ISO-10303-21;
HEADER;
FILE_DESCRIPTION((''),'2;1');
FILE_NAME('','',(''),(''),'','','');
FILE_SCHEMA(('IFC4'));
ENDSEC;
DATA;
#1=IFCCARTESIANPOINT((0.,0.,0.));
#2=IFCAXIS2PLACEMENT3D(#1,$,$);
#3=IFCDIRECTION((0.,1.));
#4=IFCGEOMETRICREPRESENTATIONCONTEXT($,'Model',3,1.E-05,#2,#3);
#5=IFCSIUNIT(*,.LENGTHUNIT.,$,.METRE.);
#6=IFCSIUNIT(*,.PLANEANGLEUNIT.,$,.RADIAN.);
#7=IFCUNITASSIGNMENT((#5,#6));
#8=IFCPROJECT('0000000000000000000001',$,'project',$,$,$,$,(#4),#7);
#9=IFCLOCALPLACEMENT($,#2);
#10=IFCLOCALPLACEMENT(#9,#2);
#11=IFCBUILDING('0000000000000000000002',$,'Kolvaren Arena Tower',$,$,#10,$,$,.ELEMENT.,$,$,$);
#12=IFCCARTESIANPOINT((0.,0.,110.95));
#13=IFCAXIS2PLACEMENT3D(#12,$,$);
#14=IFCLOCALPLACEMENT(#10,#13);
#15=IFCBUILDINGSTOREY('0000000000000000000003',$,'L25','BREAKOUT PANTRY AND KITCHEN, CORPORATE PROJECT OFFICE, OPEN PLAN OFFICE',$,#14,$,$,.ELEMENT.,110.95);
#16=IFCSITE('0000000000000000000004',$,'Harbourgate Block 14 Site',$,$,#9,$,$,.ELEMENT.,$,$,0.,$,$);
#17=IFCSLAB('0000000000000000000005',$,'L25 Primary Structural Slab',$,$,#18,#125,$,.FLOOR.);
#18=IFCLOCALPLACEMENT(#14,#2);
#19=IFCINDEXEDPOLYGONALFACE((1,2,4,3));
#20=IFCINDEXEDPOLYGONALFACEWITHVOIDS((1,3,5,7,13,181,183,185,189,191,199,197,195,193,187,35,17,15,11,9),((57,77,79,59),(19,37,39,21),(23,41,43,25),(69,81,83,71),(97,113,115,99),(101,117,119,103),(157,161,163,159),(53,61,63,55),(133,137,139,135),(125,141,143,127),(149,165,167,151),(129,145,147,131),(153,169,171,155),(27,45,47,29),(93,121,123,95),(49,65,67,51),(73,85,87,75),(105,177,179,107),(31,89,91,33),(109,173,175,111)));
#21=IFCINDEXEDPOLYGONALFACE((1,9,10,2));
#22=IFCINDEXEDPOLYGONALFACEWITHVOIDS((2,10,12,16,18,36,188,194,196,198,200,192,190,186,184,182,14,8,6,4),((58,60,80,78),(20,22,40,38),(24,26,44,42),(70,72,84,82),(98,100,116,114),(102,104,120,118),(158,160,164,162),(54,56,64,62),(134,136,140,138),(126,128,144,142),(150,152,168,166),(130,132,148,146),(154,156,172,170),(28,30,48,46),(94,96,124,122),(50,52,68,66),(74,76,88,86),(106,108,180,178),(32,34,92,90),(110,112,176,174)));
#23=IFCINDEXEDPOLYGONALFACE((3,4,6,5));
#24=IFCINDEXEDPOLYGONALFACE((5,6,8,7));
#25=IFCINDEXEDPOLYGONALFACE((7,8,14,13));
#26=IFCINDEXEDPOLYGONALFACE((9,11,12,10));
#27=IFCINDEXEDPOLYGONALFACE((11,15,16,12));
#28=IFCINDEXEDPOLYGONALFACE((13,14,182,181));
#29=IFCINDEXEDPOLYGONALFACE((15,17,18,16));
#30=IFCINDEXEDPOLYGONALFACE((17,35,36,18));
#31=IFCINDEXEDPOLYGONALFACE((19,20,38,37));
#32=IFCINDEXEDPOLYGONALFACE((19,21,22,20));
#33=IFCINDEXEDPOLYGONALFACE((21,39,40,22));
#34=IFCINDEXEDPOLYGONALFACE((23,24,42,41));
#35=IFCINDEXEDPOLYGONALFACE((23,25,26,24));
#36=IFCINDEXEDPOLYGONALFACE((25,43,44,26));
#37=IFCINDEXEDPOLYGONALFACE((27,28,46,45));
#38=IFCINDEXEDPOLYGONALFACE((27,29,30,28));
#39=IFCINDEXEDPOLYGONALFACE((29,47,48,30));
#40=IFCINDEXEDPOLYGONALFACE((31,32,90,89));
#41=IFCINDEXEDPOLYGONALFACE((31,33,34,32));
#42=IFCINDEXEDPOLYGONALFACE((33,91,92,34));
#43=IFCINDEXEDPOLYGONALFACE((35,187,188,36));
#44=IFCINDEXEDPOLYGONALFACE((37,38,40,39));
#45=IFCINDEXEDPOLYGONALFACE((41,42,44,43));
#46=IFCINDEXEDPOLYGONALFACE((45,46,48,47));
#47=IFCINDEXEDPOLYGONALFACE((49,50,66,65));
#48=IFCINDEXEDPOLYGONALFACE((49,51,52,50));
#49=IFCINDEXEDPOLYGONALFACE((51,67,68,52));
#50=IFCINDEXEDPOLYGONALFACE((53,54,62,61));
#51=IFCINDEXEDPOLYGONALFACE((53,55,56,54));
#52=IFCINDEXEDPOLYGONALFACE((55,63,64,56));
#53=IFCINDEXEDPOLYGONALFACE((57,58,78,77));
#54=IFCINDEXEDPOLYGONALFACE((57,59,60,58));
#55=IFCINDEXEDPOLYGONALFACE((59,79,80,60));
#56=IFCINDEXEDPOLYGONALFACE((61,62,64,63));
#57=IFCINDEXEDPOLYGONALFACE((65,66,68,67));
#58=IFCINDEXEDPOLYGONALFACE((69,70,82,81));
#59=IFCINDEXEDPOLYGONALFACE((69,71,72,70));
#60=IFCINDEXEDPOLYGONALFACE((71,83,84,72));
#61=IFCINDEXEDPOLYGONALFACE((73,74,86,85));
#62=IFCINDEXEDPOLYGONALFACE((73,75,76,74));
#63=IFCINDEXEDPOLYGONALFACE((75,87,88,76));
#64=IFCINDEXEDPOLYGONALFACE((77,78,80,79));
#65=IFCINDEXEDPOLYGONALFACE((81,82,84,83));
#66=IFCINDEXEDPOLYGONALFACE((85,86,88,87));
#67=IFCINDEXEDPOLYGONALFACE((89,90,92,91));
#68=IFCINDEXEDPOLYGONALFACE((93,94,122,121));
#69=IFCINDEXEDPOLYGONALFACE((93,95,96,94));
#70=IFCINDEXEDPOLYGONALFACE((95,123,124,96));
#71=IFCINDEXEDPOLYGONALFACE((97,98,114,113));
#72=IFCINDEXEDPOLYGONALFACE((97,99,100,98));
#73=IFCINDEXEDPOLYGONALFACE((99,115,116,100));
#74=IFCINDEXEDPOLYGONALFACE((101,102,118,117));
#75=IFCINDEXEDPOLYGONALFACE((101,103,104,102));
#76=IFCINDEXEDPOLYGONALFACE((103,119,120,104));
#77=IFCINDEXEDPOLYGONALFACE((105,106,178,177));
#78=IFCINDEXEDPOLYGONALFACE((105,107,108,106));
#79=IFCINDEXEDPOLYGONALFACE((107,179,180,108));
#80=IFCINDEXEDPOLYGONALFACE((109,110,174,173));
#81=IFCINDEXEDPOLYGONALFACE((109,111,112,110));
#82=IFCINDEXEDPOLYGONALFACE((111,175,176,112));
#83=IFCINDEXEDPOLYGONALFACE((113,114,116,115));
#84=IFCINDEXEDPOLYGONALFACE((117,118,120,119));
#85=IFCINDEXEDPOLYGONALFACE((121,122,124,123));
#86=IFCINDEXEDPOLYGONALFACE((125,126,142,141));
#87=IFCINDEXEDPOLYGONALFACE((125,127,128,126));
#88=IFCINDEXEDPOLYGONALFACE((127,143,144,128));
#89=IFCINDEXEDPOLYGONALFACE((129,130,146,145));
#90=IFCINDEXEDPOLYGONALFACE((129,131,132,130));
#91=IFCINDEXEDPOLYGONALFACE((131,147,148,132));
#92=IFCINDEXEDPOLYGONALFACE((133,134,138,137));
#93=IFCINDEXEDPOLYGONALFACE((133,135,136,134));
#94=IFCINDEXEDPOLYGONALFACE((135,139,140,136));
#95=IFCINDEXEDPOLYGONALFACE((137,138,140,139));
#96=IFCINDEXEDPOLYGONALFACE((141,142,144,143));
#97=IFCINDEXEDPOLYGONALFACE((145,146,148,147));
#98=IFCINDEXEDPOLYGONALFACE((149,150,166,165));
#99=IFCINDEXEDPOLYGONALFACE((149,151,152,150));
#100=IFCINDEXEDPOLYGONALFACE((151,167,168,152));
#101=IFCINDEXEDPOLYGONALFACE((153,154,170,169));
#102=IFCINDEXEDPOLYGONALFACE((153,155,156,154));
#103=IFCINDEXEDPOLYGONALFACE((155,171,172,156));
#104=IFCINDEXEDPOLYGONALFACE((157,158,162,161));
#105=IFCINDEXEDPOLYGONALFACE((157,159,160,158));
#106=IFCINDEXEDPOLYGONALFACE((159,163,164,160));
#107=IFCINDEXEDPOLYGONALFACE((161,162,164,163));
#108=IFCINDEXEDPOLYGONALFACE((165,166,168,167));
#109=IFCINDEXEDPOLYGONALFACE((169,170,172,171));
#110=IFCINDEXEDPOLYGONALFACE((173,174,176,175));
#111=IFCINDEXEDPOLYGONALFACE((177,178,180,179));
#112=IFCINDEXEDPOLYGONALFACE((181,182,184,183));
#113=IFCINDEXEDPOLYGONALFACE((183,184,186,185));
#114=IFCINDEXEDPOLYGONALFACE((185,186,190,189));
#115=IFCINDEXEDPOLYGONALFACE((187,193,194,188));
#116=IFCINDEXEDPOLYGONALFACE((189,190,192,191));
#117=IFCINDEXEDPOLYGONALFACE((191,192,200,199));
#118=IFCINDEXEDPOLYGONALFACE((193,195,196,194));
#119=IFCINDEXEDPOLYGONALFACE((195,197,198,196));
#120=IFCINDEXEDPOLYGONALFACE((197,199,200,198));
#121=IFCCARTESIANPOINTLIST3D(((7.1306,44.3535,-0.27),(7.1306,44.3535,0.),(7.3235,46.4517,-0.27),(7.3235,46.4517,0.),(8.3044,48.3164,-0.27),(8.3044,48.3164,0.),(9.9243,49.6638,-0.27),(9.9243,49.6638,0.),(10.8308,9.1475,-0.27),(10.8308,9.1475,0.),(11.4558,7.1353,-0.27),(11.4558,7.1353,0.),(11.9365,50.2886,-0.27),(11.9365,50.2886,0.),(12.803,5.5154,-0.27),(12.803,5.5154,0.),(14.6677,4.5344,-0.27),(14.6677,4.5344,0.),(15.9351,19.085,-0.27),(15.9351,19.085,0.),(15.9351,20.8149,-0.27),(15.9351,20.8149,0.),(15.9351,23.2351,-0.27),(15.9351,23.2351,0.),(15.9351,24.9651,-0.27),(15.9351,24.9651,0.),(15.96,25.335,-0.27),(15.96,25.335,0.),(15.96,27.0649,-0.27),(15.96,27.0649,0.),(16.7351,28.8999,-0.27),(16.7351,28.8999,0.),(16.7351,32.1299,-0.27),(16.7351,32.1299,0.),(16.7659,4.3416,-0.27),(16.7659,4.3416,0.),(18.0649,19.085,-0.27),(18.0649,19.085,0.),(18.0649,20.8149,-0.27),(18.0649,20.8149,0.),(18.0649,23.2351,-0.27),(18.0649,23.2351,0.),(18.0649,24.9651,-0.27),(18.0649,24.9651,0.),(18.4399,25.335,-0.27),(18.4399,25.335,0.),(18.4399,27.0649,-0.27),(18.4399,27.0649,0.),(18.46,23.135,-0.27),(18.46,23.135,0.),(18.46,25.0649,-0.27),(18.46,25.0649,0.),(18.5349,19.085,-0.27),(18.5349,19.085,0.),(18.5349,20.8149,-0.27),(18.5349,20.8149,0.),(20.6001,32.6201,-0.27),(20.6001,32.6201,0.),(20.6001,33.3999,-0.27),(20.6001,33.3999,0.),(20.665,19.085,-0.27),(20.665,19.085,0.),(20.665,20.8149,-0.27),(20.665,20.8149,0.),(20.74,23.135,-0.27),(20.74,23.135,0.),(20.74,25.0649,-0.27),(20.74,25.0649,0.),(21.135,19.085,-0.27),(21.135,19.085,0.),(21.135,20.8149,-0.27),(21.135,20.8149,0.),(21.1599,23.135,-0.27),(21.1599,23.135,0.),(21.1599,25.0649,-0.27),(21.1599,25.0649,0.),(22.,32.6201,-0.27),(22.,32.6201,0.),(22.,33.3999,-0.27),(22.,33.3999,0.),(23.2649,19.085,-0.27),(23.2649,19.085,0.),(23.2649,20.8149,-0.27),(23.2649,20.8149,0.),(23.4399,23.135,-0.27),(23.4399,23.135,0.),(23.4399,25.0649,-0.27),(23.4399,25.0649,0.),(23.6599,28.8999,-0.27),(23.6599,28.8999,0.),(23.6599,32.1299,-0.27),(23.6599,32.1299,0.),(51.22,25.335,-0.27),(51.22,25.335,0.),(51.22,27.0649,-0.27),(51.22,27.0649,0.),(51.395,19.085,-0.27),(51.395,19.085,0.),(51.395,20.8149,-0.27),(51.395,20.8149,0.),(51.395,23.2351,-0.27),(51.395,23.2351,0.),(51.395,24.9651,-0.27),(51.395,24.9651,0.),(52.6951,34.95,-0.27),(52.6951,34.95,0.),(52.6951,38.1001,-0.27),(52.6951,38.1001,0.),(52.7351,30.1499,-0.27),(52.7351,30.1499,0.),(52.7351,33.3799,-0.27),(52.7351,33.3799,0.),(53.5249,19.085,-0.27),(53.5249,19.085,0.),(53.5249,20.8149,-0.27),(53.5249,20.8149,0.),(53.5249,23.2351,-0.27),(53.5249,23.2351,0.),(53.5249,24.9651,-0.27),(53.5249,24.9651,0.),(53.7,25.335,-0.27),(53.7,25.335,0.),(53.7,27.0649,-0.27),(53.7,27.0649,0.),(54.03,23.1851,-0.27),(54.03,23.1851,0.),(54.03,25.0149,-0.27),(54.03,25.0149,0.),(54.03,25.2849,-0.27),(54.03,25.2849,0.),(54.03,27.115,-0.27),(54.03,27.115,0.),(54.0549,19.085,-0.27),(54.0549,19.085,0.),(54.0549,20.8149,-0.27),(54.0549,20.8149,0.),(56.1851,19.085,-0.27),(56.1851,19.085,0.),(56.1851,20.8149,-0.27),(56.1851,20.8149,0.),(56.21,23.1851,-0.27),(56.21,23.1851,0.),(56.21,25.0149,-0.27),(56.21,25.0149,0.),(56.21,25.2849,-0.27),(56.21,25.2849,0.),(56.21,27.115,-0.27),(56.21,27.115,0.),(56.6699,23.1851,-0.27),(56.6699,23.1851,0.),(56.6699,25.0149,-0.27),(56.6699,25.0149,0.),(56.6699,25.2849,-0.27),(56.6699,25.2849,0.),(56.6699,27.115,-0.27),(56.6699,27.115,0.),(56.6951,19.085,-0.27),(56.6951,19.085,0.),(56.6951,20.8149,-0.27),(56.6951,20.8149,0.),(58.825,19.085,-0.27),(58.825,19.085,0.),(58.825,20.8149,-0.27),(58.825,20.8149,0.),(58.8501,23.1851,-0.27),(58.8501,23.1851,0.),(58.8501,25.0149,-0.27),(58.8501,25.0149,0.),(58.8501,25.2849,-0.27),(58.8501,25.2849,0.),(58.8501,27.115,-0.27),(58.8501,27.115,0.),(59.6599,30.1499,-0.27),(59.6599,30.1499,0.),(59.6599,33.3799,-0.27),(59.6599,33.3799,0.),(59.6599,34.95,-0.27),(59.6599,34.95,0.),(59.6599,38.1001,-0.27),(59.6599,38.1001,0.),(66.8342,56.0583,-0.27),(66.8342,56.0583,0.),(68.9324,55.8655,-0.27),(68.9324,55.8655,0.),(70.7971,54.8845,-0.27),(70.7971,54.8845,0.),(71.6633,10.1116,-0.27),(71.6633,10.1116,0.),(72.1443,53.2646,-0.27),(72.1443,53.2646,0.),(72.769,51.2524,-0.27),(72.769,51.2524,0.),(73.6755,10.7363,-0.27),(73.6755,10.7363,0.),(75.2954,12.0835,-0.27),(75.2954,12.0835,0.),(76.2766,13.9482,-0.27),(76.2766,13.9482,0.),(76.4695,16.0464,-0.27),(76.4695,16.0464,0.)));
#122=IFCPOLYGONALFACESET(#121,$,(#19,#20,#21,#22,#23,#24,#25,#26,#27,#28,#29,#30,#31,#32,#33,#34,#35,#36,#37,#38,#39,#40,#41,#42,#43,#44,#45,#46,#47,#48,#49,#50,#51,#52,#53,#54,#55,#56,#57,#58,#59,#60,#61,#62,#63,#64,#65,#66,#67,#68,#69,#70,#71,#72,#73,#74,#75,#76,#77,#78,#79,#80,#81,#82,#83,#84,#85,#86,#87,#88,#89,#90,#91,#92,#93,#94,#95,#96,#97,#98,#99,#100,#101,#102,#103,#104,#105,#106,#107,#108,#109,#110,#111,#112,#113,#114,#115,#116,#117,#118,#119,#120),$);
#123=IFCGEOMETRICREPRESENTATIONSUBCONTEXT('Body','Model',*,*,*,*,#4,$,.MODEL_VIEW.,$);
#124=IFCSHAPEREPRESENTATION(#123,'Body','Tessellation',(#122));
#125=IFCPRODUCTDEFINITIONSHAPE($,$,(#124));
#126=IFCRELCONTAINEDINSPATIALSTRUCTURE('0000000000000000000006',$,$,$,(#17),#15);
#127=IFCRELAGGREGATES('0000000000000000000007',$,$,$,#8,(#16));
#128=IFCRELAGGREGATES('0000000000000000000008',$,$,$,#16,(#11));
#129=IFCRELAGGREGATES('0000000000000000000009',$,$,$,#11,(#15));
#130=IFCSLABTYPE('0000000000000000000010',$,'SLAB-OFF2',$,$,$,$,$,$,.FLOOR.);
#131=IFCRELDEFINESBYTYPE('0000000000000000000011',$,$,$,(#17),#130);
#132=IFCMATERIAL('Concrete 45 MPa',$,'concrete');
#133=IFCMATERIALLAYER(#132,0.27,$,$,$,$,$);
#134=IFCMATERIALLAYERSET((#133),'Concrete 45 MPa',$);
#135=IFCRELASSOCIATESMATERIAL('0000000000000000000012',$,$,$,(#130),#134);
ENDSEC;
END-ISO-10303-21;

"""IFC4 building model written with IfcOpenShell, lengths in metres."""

from ifc_helpers import new_model, si_unit, direction, frame, origin, place, context, subcontext, project, spatial, polyline, outline, extrude, material, layer, layer_set, type_object, element, save


model = new_model("IFC4")

# Units and contexts
model_context = context("Model", 3, precision=1e-05, world=origin(), true_north=direction((0.0, 1.0)))
body_context = subcontext(model_context, "Body", "Model", "MODEL_VIEW")
ifc_project = project(units=[si_unit("LENGTHUNIT", "METRE"), si_unit("PLANEANGLEUNIT", "RADIAN")], contexts=[model_context])

# Site, building, storey
site_placement = place(None, origin())
site = spatial("IfcSite", under=ifc_project, at=site_placement, Name="Harbourgate Block 14 Site", CompositionType="ELEMENT", RefElevation=0.0)
building_placement = place(site_placement, origin())
building = spatial("IfcBuilding", under=site, at=building_placement, Name="Kolvaren Arena Tower", CompositionType="ELEMENT")
storey_placement = place(building_placement, frame((0.0, 0.0, 110.95)))
storey = spatial("IfcBuildingStorey", under=building, at=storey_placement, Name="L25", Description="BREAKOUT PANTRY AND KITCHEN, CORPORATE PROJECT OFFICE, OPEN PLAN OFFICE", CompositionType="ELEMENT", Elevation=110.95)

# Shared definitions
ifc_material_1 = material(Name="Concrete 45 MPa", Category="concrete")

# Slab
ifc_layer_1 = layer(ifc_material_1, 0.27)
ifc_layer_set_1 = layer_set([ifc_layer_1], Name="Concrete 45 MPa")
slab_type_1 = type_object("IfcSlabType", Name="SLAB-OFF2", PredefinedType="FLOOR", material=ifc_layer_set_1)
slab_1_placement = place(storey_placement, frame((0.0, 0.0, -0.27)))
element("IfcSlab", 1, at=slab_1_placement, inside=storey, type_object=slab_type_1, Name="L25 Primary Structural Slab", PredefinedType="FLOOR", context=body_context, shape_type="SweptSolid", body=[
    extrude(outline(polyline([(71.6633, 10.1116), (73.6755, 10.7363), (75.2954, 12.0835), (76.2766, 13.9482), (76.4695, 16.0464), (72.769, 51.2524), (72.1443, 53.2646), (70.7971, 54.8845), (68.9324, 55.8655), (66.8342, 56.0583), (11.9365, 50.2886), (9.9243, 49.6638), (8.3044, 48.3164), (7.3235, 46.4517), (7.1306, 44.3535), (10.8308, 9.1475), (11.4558, 7.1353), (12.803, 5.5154), (14.6677, 4.5344), (16.7659, 4.3416), (71.6633, 10.1116)]), holes=[polyline([(15.9351, 19.085), (15.9351, 20.8149), (18.0649, 20.8149), (18.0649, 19.085), (15.9351, 19.085)]), polyline([(18.5349, 19.085), (18.5349, 20.8149), (20.665, 20.8149), (20.665, 19.085), (18.5349, 19.085)]), polyline([(21.135, 19.085), (21.135, 20.8149), (23.2649, 20.8149), (23.2649, 19.085), (21.135, 19.085)]), polyline([(51.395, 19.085), (51.395, 20.8149), (53.5249, 20.8149), (53.5249, 19.085), (51.395, 19.085)]), polyline([(54.0549, 19.085), (54.0549, 20.8149), (56.1851, 20.8149), (56.1851, 19.085), (54.0549, 19.085)]), polyline([(56.6951, 19.085), (56.6951, 20.8149), (58.825, 20.8149), (58.825, 19.085), (56.6951, 19.085)]), polyline([(18.46, 25.0649), (20.74, 25.0649), (20.74, 23.135), (18.46, 23.135), (18.46, 25.0649)]), polyline([(21.1599, 23.135), (21.1599, 25.0649), (23.4399, 25.0649), (23.4399, 23.135), (21.1599, 23.135)]), polyline([(54.03, 25.0149), (56.21, 25.0149), (56.21, 23.1851), (54.03, 23.1851), (54.03, 25.0149)]), polyline([(56.6699, 25.0149), (58.8501, 25.0149), (58.8501, 23.1851), (56.6699, 23.1851), (56.6699, 25.0149)]), polyline([(15.9351, 24.9651), (18.0649, 24.9651), (18.0649, 23.2351), (15.9351, 23.2351), (15.9351, 24.9651)]), polyline([(51.395, 23.2351), (51.395, 24.9651), (53.5249, 24.9651), (53.5249, 23.2351), (51.395, 23.2351)]), polyline([(54.03, 25.2849), (54.03, 27.115), (56.21, 27.115), (56.21, 25.2849), (54.03, 25.2849)]), polyline([(56.6699, 25.2849), (56.6699, 27.115), (58.8501, 27.115), (58.8501, 25.2849), (56.6699, 25.2849)]), polyline([(15.96, 25.335), (15.96, 27.0649), (18.4399, 27.0649), (18.4399, 25.335), (15.96, 25.335)]), polyline([(51.22, 25.335), (51.22, 27.0649), (53.7, 27.0649), (53.7, 25.335), (51.22, 25.335)]), polyline([(16.7351, 32.1299), (23.6599, 32.1299), (23.6599, 28.8999), (16.7351, 28.8999), (16.7351, 32.1299)]), polyline([(52.7351, 33.3799), (59.6599, 33.3799), (59.6599, 30.1499), (52.7351, 30.1499), (52.7351, 33.3799)]), polyline([(20.6001, 33.3999), (22.0, 33.3999), (22.0, 32.6201), (20.6001, 32.6201), (20.6001, 33.3999)]), polyline([(52.6951, 38.1001), (59.6599, 38.1001), (59.6599, 34.95), (52.6951, 34.95), (52.6951, 38.1001)])]), origin(), (0.0, 0.0, 1.0), 0.27),
])

save(model, "model.ifc")
